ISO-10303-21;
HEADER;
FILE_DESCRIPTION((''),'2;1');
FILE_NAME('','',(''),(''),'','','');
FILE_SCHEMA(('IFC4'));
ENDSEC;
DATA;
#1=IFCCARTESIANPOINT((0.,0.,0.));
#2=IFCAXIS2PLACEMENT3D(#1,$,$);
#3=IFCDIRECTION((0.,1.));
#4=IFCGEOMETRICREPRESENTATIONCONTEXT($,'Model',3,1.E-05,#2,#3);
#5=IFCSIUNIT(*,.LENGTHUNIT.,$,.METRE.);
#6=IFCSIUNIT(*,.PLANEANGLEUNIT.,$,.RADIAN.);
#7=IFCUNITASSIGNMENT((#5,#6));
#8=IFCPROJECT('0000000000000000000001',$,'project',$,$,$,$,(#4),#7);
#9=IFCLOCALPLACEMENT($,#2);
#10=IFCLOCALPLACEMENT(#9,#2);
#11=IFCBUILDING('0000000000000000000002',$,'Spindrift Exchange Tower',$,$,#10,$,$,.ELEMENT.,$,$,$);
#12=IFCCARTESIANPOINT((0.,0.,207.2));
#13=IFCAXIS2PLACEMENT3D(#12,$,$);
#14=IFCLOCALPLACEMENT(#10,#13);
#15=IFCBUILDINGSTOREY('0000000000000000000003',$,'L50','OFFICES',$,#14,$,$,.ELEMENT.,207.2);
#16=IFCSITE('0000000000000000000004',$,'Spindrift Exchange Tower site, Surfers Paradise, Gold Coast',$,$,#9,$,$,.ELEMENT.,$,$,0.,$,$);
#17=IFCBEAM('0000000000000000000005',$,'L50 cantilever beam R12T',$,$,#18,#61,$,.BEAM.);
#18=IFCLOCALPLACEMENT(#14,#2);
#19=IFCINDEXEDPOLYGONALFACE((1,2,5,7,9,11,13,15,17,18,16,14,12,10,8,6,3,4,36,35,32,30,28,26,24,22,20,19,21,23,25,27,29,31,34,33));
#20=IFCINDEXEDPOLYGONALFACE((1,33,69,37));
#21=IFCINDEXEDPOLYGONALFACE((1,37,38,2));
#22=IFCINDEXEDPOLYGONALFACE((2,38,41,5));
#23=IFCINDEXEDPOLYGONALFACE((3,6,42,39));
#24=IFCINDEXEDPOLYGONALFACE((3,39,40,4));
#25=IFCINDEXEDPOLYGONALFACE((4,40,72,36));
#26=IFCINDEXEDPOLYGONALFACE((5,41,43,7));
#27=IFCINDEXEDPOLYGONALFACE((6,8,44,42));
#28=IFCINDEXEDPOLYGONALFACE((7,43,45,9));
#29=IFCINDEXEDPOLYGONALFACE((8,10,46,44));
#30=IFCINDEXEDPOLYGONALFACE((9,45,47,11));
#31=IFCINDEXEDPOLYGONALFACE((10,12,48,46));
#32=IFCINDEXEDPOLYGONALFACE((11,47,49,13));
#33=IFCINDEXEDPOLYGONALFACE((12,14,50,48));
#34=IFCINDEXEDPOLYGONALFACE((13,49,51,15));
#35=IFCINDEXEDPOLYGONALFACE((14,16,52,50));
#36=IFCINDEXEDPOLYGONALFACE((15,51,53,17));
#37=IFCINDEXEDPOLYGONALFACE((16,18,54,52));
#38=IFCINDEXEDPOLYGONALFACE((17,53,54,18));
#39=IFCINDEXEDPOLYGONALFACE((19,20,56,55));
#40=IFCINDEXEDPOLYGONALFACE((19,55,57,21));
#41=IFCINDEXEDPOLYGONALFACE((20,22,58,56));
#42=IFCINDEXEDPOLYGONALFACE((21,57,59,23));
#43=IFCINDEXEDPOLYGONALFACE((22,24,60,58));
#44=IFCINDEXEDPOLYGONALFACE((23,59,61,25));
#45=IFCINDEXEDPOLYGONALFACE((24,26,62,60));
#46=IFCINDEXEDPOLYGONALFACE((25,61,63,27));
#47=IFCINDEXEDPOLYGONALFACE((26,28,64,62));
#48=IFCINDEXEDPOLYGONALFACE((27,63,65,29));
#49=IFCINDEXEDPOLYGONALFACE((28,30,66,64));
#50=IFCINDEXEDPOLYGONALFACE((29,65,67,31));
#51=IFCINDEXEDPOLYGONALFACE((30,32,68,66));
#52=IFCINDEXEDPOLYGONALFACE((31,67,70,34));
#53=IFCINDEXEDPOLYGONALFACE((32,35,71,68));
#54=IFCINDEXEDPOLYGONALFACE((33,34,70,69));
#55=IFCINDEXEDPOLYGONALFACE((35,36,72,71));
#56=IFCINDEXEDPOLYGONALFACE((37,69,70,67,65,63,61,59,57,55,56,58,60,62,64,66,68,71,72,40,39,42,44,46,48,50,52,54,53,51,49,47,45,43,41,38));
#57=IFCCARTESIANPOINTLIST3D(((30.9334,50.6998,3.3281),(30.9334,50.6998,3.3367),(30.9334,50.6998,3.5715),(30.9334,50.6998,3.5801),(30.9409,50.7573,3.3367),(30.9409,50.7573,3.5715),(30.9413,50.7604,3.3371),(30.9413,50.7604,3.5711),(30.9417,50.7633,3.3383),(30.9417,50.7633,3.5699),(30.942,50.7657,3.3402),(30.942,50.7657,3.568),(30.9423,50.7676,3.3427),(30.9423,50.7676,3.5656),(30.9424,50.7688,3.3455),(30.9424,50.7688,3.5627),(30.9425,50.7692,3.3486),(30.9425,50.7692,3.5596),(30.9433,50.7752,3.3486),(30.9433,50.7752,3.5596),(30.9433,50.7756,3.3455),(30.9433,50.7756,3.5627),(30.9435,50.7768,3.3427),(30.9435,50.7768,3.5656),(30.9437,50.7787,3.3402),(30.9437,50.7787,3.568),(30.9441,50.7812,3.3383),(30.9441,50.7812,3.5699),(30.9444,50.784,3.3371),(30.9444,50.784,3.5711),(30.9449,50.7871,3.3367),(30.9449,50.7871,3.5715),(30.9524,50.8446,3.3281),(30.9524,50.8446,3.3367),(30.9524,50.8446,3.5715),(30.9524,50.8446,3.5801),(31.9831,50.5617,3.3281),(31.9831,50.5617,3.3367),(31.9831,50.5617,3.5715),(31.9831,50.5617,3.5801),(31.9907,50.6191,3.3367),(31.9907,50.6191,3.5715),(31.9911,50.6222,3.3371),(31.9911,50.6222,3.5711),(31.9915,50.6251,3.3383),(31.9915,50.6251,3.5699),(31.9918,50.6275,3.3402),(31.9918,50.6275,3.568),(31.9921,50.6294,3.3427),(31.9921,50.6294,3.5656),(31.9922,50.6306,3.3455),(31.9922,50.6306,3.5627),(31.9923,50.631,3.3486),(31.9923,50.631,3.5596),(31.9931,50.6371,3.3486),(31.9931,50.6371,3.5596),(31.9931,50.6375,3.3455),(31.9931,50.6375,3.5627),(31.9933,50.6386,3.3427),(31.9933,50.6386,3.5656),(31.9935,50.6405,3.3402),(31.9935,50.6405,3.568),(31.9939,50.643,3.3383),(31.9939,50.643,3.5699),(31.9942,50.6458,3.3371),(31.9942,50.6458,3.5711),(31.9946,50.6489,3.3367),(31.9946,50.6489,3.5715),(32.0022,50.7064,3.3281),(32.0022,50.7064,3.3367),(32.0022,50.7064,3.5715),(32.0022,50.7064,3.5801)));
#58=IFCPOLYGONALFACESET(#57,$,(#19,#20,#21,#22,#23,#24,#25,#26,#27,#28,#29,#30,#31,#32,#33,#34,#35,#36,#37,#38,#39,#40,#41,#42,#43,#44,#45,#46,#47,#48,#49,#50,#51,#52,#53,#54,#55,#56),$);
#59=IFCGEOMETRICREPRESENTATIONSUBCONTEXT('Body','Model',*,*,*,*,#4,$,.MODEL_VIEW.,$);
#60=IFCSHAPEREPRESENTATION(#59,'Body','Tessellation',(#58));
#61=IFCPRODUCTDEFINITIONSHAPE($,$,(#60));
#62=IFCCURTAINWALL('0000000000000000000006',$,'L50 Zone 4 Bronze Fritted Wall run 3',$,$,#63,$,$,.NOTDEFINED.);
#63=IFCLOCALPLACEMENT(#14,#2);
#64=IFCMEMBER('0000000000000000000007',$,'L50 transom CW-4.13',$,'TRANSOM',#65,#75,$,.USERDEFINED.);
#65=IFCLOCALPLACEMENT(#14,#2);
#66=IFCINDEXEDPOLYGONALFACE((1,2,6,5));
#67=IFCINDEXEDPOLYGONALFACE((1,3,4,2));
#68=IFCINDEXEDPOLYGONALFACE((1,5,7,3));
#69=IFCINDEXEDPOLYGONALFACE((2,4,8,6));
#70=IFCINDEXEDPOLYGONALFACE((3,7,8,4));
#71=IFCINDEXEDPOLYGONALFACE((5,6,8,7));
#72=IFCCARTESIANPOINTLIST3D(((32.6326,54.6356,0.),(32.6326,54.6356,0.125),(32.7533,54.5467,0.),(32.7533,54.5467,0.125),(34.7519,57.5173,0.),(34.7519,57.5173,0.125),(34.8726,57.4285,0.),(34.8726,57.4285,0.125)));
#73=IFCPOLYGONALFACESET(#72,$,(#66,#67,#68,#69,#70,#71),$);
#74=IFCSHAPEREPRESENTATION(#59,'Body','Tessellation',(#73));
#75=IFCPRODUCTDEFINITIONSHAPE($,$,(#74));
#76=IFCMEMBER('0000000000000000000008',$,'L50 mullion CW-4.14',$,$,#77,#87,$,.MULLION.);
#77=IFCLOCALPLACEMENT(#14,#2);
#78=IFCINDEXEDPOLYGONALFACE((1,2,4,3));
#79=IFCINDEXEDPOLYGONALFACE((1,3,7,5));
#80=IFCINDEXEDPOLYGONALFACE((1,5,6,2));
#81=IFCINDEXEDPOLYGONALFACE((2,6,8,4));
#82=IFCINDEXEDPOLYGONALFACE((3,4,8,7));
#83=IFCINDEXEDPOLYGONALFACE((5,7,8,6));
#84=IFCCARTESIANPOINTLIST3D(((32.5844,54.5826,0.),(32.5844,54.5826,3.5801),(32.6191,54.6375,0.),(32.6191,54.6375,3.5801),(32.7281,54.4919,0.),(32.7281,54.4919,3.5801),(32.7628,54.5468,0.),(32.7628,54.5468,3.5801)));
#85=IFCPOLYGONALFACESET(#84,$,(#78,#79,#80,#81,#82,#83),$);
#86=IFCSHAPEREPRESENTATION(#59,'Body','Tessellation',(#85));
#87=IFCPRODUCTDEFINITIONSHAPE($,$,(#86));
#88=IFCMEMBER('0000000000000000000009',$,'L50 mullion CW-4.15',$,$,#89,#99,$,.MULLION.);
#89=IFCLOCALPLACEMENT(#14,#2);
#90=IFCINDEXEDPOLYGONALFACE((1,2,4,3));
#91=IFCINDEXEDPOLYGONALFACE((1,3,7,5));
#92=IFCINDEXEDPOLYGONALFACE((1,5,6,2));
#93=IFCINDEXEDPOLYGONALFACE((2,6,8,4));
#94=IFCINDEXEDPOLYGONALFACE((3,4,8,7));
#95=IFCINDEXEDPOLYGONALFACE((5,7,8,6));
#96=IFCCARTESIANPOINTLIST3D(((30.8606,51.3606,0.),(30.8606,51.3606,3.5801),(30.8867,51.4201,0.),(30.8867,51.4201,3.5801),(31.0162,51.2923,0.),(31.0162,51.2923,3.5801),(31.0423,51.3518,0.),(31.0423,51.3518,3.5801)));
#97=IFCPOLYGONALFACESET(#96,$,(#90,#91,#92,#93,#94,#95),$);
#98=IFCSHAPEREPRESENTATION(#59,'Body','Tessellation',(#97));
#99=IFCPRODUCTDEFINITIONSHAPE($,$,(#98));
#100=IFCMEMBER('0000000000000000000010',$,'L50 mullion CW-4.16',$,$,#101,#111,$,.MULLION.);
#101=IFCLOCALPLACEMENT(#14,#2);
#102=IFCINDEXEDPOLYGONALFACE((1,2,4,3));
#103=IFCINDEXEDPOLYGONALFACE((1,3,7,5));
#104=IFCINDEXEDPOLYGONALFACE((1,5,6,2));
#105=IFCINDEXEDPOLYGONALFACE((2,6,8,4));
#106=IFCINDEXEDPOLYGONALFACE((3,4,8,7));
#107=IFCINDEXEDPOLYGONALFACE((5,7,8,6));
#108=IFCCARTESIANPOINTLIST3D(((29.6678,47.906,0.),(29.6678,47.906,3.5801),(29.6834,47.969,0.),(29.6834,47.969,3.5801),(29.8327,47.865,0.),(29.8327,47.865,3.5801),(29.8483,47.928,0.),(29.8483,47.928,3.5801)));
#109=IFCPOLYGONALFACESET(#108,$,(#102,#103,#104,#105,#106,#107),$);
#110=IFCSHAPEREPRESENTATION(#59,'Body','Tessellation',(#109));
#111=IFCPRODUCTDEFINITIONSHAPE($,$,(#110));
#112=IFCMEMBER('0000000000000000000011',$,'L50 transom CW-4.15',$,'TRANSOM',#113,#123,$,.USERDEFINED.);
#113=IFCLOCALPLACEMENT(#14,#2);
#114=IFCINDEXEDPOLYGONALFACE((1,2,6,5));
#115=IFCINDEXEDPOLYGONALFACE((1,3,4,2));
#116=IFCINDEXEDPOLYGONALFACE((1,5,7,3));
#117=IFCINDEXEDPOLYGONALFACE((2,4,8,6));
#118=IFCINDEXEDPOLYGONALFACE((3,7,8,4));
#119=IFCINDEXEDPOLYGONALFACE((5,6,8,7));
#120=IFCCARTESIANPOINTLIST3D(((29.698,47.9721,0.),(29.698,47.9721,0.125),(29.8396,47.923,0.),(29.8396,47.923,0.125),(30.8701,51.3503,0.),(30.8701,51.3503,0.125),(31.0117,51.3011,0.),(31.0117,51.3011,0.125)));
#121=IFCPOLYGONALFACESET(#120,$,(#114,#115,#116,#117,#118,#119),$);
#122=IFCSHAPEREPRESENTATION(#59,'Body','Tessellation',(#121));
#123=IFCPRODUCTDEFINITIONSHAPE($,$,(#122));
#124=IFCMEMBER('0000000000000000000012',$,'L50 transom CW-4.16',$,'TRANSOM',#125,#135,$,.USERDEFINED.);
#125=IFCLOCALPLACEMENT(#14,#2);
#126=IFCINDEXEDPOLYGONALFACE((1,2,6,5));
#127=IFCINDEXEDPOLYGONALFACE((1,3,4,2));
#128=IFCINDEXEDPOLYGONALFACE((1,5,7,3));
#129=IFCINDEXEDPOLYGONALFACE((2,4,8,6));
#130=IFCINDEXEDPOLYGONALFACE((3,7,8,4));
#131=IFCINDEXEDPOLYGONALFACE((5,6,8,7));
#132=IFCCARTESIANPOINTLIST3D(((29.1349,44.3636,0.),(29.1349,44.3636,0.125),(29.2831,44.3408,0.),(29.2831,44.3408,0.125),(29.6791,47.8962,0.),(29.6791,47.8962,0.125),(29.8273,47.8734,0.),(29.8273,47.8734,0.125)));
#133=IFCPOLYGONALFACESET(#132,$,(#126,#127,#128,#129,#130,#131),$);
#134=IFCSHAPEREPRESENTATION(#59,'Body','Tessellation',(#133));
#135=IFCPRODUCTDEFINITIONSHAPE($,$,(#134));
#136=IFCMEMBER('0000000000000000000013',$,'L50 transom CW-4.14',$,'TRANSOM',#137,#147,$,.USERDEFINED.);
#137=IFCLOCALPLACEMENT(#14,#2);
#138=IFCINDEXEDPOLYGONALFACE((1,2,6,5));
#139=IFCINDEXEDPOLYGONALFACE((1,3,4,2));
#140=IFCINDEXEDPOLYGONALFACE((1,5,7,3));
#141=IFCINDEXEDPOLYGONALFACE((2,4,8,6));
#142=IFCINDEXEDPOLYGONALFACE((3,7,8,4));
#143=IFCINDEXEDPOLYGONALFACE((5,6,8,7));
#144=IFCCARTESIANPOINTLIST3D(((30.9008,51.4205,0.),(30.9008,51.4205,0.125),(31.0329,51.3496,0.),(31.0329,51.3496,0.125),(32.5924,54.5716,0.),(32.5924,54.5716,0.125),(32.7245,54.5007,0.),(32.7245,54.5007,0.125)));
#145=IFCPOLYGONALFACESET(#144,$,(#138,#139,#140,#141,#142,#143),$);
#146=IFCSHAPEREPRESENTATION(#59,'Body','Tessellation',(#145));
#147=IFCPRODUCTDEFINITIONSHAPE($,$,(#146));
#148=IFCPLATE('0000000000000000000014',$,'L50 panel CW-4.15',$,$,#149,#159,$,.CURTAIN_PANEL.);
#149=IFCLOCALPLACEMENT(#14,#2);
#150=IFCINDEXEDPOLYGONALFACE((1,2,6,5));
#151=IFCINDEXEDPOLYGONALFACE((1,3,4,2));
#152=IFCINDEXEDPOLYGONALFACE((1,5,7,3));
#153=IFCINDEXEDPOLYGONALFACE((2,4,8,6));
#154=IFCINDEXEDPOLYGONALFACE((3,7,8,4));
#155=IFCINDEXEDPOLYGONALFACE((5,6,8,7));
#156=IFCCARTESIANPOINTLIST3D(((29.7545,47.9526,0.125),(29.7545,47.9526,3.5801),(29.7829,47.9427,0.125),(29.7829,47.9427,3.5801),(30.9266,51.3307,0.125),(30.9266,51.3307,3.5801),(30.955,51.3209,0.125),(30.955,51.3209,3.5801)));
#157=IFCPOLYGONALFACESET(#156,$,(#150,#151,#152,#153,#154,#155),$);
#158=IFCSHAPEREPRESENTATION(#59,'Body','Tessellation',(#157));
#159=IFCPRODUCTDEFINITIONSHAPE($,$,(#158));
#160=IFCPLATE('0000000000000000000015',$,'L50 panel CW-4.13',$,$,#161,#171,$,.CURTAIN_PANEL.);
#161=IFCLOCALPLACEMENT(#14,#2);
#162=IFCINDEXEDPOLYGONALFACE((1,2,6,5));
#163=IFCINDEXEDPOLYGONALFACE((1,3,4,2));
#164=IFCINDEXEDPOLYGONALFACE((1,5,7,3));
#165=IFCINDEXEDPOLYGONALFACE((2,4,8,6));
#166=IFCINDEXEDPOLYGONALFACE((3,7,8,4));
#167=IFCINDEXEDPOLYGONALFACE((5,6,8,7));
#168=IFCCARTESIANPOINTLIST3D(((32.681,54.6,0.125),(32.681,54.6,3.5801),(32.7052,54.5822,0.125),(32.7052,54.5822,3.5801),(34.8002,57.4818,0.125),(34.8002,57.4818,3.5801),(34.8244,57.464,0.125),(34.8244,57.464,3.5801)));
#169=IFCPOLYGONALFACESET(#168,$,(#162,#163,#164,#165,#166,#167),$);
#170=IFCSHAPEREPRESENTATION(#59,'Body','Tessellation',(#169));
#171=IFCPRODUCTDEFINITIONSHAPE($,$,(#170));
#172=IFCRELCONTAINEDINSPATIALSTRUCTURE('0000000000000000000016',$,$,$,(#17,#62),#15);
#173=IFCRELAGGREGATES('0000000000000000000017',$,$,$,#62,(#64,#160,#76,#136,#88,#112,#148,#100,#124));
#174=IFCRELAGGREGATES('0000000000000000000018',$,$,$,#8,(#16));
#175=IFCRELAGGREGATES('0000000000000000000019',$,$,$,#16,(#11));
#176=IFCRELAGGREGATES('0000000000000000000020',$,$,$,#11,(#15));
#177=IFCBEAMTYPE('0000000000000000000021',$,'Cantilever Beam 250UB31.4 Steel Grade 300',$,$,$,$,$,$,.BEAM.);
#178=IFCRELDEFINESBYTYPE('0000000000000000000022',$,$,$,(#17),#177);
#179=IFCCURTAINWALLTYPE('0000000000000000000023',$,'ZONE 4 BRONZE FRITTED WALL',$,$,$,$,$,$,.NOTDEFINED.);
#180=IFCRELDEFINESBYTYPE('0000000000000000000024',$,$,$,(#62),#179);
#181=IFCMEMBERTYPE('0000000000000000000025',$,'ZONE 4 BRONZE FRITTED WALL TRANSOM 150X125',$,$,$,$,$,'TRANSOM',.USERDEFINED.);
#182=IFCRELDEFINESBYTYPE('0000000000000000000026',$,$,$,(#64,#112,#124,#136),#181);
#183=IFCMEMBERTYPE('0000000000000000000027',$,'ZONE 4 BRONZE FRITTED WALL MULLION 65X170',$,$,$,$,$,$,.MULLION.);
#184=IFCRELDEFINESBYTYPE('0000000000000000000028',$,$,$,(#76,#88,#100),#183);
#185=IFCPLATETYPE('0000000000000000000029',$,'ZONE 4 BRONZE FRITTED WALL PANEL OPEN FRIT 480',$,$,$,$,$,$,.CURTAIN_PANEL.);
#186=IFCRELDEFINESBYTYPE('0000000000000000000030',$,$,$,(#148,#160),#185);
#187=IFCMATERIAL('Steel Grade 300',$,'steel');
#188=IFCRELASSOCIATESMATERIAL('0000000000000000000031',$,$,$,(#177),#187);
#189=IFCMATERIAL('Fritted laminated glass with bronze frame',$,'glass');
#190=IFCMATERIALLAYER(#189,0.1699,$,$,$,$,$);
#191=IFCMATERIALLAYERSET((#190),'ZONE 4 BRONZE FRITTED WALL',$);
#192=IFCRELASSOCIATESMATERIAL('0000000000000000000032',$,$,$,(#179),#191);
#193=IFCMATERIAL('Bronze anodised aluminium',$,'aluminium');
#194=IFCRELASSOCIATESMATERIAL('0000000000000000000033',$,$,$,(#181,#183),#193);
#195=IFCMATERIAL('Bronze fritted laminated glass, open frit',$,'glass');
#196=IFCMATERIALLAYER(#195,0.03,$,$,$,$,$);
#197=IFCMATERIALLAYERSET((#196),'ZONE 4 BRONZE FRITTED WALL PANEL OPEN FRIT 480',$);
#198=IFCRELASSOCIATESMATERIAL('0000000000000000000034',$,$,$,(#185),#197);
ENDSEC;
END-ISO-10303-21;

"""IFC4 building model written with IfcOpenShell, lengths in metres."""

from ifc_helpers import new_model, si_unit, direction, frame, origin, origin_2d, place, context, subcontext, project, spatial, rectangle, i_section, extrude, source, transform, mapped, material, layer, layer_set, material_profile, profile_set, type_object, element, aggregate, save


model = new_model("IFC4")

# Units and contexts
model_context = context("Model", 3, precision=1e-05, world=origin(), true_north=direction((0.0, 1.0)))
body_context = subcontext(model_context, "Body", "Model", "MODEL_VIEW")
ifc_project = project(units=[si_unit("LENGTHUNIT", "METRE"), si_unit("PLANEANGLEUNIT", "RADIAN")], contexts=[model_context])

# Site, building, storey
site_placement = place(None, origin())
site = spatial("IfcSite", under=ifc_project, at=site_placement, Name="Spindrift Exchange Tower site, Surfers Paradise, Gold Coast", CompositionType="ELEMENT", RefElevation=0.0)
building_placement = place(site_placement, origin())
building = spatial("IfcBuilding", under=site, at=building_placement, Name="Spindrift Exchange Tower", CompositionType="ELEMENT")
storey_placement = place(building_placement, frame((0.0, 0.0, 207.2)))
storey = spatial("IfcBuildingStorey", under=building, at=storey_placement, Name="L50", Description="OFFICES", CompositionType="ELEMENT", Elevation=207.2)

# Beam
ifc_material_1 = material(Name="Steel Grade 300", Category="steel")
ifc_material_profile_1 = material_profile(ifc_material_1, i_section(OverallWidth=0.146, OverallDepth=0.252, WebThickness=0.0061, FlangeThickness=0.0085, FilletRadius=0.012, at=origin_2d()), Name="250UB31.4")
ifc_profile_set_1 = profile_set([ifc_material_profile_1], Name="Steel Grade 300")
beam_type_1 = type_object("IfcBeamType", Name="Cantilever Beam 250UB31.4 Steel Grade 300", PredefinedType="BEAM", material=ifc_profile_set_1)
shared_shape_1 = source(origin(), body_context, "Body", "SweptSolid", [
    extrude(i_section(OverallWidth=0.146, OverallDepth=0.252, WebThickness=0.0061, FlangeThickness=0.0085, FilletRadius=0.012, at=origin_2d()), origin(), (0.0, 0.0, 1.0), 1.0588),
])
beam_1_placement = place(storey_placement, frame((31.9927, 50.634, 3.4541), z_axis=(-0.991448, 0.130502, 0.0), x_axis=(-0.130502, -0.991448, 0.0)))
element("IfcBeam", 1, at=beam_1_placement, inside=storey, type_object=beam_type_1, Name="L50 cantilever beam R12T", PredefinedType="BEAM", context=body_context, shape_type="MappedRepresentation", body=[
    mapped(shared_shape_1, transform((0.0, 0.0, 0.0), scale=1.0)),
])

# Curtain wall, members, plates
ifc_material_2 = material(Name="Fritted laminated glass with bronze frame", Category="glass")
ifc_layer_1 = layer(ifc_material_2, 0.1699)
ifc_layer_set_1 = layer_set([ifc_layer_1], Name="ZONE 4 BRONZE FRITTED WALL")
curtain_wall_type = type_object("IfcCurtainWallType", Name="ZONE 4 BRONZE FRITTED WALL", PredefinedType="NOTDEFINED", material=ifc_layer_set_1)
curtain_wall_placement = place(storey_placement, origin())
curtain_wall = element("IfcCurtainWall", 2, at=curtain_wall_placement, inside=storey, type_object=curtain_wall_type, Name="L50 Zone 4 Bronze Fritted Wall run 3", PredefinedType="NOTDEFINED")
ifc_material_3 = material(Name="Bronze anodised aluminium", Category="aluminium")
ifc_material_profile_2 = material_profile(ifc_material_3, rectangle(XDim=0.1499, YDim=0.125, at=origin_2d()), Name="ZONE 4 BRONZE FRITTED WALL TRANSOM 150X125")
ifc_profile_set_2 = profile_set([ifc_material_profile_2], Name="Bronze anodised aluminium")
member_type_1 = type_object("IfcMemberType", Name="ZONE 4 BRONZE FRITTED WALL TRANSOM 150X125", ElementType="TRANSOM", PredefinedType="USERDEFINED", material=ifc_profile_set_2)
shared_shape_2 = source(origin(), body_context, "Body", "SweptSolid", [
    extrude(rectangle(XDim=0.1499, YDim=0.125, at=origin_2d()), origin(), (0.0, 0.0, 1.0), 3.5771),
])
member_1_placement = place(storey_placement, frame((34.8123, 57.4729, 0.0625), z_axis=(-0.592461, -0.805599, 0.0), x_axis=(0.805599, -0.592461, 0.0)))
member_1 = element("IfcMember", 3, at=member_1_placement, type_object=member_type_1, Name="L50 transom CW-4.13", ObjectType="TRANSOM", PredefinedType="USERDEFINED", context=body_context, shape_type="MappedRepresentation", body=[
    mapped(shared_shape_2, transform((0.0, 0.0, 0.0), scale=1.0)),
])
ifc_material_profile_3 = material_profile(ifc_material_3, rectangle(XDim=0.0649, YDim=0.1699, at=origin_2d()), Name="ZONE 4 BRONZE FRITTED WALL MULLION 65X170")
ifc_profile_set_3 = profile_set([ifc_material_profile_3], Name="Bronze anodised aluminium")
member_type_2 = type_object("IfcMemberType", Name="ZONE 4 BRONZE FRITTED WALL MULLION 65X170", PredefinedType="MULLION", material=ifc_profile_set_3)
shared_shape_3 = source(origin(), body_context, "Body", "SweptSolid", [
    extrude(rectangle(XDim=0.0649, YDim=0.1699, at=origin_2d()), origin(), (0.0, 0.0, 1.0), 3.5801),
])
member_2_placement = place(storey_placement, frame((32.6736, 54.5647, 0.0), z_axis=(0.0, 0.0, 1.0), x_axis=(-0.534026, -0.845468, 0.0)))
member_2 = element("IfcMember", 4, at=member_2_placement, type_object=member_type_2, Name="L50 mullion CW-4.14", PredefinedType="MULLION", context=body_context, shape_type="MappedRepresentation", body=[
    mapped(shared_shape_3, transform((0.0, 0.0, 0.0), scale=1.0)),
])
member_3_placement = place(storey_placement, frame((30.9514, 51.3562, 0.0), z_axis=(0.0, 0.0, 1.0), x_axis=(-0.401635, -0.9158, 0.0)))
member_3 = element("IfcMember", 5, at=member_3_placement, type_object=member_type_2, Name="L50 mullion CW-4.15", PredefinedType="MULLION", context=body_context, shape_type="MappedRepresentation", body=[
    mapped(shared_shape_3, transform((0.0, 0.0, 0.0), scale=1.0)),
])
member_4_placement = place(storey_placement, frame((29.7581, 47.917, 0.0), z_axis=(0.0, 0.0, 1.0), x_axis=(-0.241022, -0.97052, 0.0)))
member_4 = element("IfcMember", 6, at=member_4_placement, type_object=member_type_2, Name="L50 mullion CW-4.16", PredefinedType="MULLION", context=body_context, shape_type="MappedRepresentation", body=[
    mapped(shared_shape_3, transform((0.0, 0.0, 0.0), scale=1.0)),
])
shared_shape_4 = source(origin(), body_context, "Body", "SweptSolid", [
    extrude(rectangle(XDim=0.1499, YDim=0.125, at=origin_2d()), origin(), (0.0, 0.0, 1.0), 3.5757),
])
member_5_placement = place(storey_placement, frame((30.9409, 51.3257, 0.0625), z_axis=(-0.327798, -0.944748, 0.0), x_axis=(0.944748, -0.327798, 0.0)))
member_5 = element("IfcMember", 7, at=member_5_placement, type_object=member_type_1, Name="L50 transom CW-4.15", ObjectType="TRANSOM", PredefinedType="USERDEFINED", context=body_context, shape_type="MappedRepresentation", body=[
    mapped(shared_shape_4, transform((0.0, 0.0, 0.0), scale=1.0)),
])
shared_shape_5 = source(origin(), body_context, "Body", "SweptSolid", [
    extrude(rectangle(XDim=0.1499, YDim=0.125, at=origin_2d()), origin(), (0.0, 0.0, 1.0), 3.5742),
])
member_6_placement = place(storey_placement, frame((29.7532, 47.8848, 0.0625), z_axis=(-0.152257, -0.988341, 0.0), x_axis=(0.988341, -0.152257, 0.0)))
member_6 = element("IfcMember", 8, at=member_6_placement, type_object=member_type_1, Name="L50 transom CW-4.16", ObjectType="TRANSOM", PredefinedType="USERDEFINED", context=body_context, shape_type="MappedRepresentation", body=[
    mapped(shared_shape_5, transform((0.0, 0.0, 0.0), scale=1.0)),
])
shared_shape_6 = source(origin(), body_context, "Body", "SweptSolid", [
    extrude(rectangle(XDim=0.1499, YDim=0.125, at=origin_2d()), origin(), (0.0, 0.0, 1.0), 3.5764),
])
member_7_placement = place(storey_placement, frame((32.6584, 54.5361, 0.0625), z_axis=(-0.472992, -0.881067, 0.0), x_axis=(0.881067, -0.472992, 0.0)))
member_7 = element("IfcMember", 9, at=member_7_placement, type_object=member_type_1, Name="L50 transom CW-4.14", ObjectType="TRANSOM", PredefinedType="USERDEFINED", context=body_context, shape_type="MappedRepresentation", body=[
    mapped(shared_shape_6, transform((0.0, 0.0, 0.0), scale=1.0)),
])
ifc_material_4 = material(Name="Bronze fritted laminated glass, open frit", Category="glass")
ifc_layer_2 = layer(ifc_material_4, 0.03)
ifc_layer_set_2 = layer_set([ifc_layer_2], Name="ZONE 4 BRONZE FRITTED WALL PANEL OPEN FRIT 480")
plate_type_1 = type_object("IfcPlateType", Name="ZONE 4 BRONZE FRITTED WALL PANEL OPEN FRIT 480", PredefinedType="CURTAIN_PANEL", material=ifc_layer_set_2)
shared_shape_7 = source(origin(), body_context, "Body", "SweptSolid", [
    extrude(rectangle(XDim=3.5757, YDim=0.03, at=origin_2d()), origin(), (0.0, 0.0, 1.0), 3.4551),
])
plate_1_placement = place(storey_placement, frame((30.3547, 49.6367, 0.125), z_axis=(0.0, 0.0, 1.0), x_axis=(-0.327807, -0.944745, 0.0)))
plate_1 = element("IfcPlate", 10, at=plate_1_placement, type_object=plate_type_1, Name="L50 panel CW-4.15", PredefinedType="CURTAIN_PANEL", context=body_context, shape_type="MappedRepresentation", body=[
    mapped(shared_shape_7, transform((0.0, 0.0, 0.0), scale=1.0)),
])
shared_shape_8 = source(origin(), body_context, "Body", "SweptSolid", [
    extrude(rectangle(XDim=3.5771, YDim=0.03, at=origin_2d()), origin(), (0.0, 0.0, 1.0), 3.4551),
])
plate_2_placement = place(storey_placement, frame((33.7527, 56.032, 0.125), z_axis=(0.0, 0.0, 1.0), x_axis=(-0.592444, -0.805612, 0.0)))
plate_2 = element("IfcPlate", 11, at=plate_2_placement, type_object=plate_type_1, Name="L50 panel CW-4.13", PredefinedType="CURTAIN_PANEL", context=body_context, shape_type="MappedRepresentation", body=[
    mapped(shared_shape_8, transform((0.0, 0.0, 0.0), scale=1.0)),
])
aggregate(curtain_wall, [member_1, plate_2, member_2, member_7, member_3, member_5, plate_1, member_4, member_6])

save(model, "model.ifc")
